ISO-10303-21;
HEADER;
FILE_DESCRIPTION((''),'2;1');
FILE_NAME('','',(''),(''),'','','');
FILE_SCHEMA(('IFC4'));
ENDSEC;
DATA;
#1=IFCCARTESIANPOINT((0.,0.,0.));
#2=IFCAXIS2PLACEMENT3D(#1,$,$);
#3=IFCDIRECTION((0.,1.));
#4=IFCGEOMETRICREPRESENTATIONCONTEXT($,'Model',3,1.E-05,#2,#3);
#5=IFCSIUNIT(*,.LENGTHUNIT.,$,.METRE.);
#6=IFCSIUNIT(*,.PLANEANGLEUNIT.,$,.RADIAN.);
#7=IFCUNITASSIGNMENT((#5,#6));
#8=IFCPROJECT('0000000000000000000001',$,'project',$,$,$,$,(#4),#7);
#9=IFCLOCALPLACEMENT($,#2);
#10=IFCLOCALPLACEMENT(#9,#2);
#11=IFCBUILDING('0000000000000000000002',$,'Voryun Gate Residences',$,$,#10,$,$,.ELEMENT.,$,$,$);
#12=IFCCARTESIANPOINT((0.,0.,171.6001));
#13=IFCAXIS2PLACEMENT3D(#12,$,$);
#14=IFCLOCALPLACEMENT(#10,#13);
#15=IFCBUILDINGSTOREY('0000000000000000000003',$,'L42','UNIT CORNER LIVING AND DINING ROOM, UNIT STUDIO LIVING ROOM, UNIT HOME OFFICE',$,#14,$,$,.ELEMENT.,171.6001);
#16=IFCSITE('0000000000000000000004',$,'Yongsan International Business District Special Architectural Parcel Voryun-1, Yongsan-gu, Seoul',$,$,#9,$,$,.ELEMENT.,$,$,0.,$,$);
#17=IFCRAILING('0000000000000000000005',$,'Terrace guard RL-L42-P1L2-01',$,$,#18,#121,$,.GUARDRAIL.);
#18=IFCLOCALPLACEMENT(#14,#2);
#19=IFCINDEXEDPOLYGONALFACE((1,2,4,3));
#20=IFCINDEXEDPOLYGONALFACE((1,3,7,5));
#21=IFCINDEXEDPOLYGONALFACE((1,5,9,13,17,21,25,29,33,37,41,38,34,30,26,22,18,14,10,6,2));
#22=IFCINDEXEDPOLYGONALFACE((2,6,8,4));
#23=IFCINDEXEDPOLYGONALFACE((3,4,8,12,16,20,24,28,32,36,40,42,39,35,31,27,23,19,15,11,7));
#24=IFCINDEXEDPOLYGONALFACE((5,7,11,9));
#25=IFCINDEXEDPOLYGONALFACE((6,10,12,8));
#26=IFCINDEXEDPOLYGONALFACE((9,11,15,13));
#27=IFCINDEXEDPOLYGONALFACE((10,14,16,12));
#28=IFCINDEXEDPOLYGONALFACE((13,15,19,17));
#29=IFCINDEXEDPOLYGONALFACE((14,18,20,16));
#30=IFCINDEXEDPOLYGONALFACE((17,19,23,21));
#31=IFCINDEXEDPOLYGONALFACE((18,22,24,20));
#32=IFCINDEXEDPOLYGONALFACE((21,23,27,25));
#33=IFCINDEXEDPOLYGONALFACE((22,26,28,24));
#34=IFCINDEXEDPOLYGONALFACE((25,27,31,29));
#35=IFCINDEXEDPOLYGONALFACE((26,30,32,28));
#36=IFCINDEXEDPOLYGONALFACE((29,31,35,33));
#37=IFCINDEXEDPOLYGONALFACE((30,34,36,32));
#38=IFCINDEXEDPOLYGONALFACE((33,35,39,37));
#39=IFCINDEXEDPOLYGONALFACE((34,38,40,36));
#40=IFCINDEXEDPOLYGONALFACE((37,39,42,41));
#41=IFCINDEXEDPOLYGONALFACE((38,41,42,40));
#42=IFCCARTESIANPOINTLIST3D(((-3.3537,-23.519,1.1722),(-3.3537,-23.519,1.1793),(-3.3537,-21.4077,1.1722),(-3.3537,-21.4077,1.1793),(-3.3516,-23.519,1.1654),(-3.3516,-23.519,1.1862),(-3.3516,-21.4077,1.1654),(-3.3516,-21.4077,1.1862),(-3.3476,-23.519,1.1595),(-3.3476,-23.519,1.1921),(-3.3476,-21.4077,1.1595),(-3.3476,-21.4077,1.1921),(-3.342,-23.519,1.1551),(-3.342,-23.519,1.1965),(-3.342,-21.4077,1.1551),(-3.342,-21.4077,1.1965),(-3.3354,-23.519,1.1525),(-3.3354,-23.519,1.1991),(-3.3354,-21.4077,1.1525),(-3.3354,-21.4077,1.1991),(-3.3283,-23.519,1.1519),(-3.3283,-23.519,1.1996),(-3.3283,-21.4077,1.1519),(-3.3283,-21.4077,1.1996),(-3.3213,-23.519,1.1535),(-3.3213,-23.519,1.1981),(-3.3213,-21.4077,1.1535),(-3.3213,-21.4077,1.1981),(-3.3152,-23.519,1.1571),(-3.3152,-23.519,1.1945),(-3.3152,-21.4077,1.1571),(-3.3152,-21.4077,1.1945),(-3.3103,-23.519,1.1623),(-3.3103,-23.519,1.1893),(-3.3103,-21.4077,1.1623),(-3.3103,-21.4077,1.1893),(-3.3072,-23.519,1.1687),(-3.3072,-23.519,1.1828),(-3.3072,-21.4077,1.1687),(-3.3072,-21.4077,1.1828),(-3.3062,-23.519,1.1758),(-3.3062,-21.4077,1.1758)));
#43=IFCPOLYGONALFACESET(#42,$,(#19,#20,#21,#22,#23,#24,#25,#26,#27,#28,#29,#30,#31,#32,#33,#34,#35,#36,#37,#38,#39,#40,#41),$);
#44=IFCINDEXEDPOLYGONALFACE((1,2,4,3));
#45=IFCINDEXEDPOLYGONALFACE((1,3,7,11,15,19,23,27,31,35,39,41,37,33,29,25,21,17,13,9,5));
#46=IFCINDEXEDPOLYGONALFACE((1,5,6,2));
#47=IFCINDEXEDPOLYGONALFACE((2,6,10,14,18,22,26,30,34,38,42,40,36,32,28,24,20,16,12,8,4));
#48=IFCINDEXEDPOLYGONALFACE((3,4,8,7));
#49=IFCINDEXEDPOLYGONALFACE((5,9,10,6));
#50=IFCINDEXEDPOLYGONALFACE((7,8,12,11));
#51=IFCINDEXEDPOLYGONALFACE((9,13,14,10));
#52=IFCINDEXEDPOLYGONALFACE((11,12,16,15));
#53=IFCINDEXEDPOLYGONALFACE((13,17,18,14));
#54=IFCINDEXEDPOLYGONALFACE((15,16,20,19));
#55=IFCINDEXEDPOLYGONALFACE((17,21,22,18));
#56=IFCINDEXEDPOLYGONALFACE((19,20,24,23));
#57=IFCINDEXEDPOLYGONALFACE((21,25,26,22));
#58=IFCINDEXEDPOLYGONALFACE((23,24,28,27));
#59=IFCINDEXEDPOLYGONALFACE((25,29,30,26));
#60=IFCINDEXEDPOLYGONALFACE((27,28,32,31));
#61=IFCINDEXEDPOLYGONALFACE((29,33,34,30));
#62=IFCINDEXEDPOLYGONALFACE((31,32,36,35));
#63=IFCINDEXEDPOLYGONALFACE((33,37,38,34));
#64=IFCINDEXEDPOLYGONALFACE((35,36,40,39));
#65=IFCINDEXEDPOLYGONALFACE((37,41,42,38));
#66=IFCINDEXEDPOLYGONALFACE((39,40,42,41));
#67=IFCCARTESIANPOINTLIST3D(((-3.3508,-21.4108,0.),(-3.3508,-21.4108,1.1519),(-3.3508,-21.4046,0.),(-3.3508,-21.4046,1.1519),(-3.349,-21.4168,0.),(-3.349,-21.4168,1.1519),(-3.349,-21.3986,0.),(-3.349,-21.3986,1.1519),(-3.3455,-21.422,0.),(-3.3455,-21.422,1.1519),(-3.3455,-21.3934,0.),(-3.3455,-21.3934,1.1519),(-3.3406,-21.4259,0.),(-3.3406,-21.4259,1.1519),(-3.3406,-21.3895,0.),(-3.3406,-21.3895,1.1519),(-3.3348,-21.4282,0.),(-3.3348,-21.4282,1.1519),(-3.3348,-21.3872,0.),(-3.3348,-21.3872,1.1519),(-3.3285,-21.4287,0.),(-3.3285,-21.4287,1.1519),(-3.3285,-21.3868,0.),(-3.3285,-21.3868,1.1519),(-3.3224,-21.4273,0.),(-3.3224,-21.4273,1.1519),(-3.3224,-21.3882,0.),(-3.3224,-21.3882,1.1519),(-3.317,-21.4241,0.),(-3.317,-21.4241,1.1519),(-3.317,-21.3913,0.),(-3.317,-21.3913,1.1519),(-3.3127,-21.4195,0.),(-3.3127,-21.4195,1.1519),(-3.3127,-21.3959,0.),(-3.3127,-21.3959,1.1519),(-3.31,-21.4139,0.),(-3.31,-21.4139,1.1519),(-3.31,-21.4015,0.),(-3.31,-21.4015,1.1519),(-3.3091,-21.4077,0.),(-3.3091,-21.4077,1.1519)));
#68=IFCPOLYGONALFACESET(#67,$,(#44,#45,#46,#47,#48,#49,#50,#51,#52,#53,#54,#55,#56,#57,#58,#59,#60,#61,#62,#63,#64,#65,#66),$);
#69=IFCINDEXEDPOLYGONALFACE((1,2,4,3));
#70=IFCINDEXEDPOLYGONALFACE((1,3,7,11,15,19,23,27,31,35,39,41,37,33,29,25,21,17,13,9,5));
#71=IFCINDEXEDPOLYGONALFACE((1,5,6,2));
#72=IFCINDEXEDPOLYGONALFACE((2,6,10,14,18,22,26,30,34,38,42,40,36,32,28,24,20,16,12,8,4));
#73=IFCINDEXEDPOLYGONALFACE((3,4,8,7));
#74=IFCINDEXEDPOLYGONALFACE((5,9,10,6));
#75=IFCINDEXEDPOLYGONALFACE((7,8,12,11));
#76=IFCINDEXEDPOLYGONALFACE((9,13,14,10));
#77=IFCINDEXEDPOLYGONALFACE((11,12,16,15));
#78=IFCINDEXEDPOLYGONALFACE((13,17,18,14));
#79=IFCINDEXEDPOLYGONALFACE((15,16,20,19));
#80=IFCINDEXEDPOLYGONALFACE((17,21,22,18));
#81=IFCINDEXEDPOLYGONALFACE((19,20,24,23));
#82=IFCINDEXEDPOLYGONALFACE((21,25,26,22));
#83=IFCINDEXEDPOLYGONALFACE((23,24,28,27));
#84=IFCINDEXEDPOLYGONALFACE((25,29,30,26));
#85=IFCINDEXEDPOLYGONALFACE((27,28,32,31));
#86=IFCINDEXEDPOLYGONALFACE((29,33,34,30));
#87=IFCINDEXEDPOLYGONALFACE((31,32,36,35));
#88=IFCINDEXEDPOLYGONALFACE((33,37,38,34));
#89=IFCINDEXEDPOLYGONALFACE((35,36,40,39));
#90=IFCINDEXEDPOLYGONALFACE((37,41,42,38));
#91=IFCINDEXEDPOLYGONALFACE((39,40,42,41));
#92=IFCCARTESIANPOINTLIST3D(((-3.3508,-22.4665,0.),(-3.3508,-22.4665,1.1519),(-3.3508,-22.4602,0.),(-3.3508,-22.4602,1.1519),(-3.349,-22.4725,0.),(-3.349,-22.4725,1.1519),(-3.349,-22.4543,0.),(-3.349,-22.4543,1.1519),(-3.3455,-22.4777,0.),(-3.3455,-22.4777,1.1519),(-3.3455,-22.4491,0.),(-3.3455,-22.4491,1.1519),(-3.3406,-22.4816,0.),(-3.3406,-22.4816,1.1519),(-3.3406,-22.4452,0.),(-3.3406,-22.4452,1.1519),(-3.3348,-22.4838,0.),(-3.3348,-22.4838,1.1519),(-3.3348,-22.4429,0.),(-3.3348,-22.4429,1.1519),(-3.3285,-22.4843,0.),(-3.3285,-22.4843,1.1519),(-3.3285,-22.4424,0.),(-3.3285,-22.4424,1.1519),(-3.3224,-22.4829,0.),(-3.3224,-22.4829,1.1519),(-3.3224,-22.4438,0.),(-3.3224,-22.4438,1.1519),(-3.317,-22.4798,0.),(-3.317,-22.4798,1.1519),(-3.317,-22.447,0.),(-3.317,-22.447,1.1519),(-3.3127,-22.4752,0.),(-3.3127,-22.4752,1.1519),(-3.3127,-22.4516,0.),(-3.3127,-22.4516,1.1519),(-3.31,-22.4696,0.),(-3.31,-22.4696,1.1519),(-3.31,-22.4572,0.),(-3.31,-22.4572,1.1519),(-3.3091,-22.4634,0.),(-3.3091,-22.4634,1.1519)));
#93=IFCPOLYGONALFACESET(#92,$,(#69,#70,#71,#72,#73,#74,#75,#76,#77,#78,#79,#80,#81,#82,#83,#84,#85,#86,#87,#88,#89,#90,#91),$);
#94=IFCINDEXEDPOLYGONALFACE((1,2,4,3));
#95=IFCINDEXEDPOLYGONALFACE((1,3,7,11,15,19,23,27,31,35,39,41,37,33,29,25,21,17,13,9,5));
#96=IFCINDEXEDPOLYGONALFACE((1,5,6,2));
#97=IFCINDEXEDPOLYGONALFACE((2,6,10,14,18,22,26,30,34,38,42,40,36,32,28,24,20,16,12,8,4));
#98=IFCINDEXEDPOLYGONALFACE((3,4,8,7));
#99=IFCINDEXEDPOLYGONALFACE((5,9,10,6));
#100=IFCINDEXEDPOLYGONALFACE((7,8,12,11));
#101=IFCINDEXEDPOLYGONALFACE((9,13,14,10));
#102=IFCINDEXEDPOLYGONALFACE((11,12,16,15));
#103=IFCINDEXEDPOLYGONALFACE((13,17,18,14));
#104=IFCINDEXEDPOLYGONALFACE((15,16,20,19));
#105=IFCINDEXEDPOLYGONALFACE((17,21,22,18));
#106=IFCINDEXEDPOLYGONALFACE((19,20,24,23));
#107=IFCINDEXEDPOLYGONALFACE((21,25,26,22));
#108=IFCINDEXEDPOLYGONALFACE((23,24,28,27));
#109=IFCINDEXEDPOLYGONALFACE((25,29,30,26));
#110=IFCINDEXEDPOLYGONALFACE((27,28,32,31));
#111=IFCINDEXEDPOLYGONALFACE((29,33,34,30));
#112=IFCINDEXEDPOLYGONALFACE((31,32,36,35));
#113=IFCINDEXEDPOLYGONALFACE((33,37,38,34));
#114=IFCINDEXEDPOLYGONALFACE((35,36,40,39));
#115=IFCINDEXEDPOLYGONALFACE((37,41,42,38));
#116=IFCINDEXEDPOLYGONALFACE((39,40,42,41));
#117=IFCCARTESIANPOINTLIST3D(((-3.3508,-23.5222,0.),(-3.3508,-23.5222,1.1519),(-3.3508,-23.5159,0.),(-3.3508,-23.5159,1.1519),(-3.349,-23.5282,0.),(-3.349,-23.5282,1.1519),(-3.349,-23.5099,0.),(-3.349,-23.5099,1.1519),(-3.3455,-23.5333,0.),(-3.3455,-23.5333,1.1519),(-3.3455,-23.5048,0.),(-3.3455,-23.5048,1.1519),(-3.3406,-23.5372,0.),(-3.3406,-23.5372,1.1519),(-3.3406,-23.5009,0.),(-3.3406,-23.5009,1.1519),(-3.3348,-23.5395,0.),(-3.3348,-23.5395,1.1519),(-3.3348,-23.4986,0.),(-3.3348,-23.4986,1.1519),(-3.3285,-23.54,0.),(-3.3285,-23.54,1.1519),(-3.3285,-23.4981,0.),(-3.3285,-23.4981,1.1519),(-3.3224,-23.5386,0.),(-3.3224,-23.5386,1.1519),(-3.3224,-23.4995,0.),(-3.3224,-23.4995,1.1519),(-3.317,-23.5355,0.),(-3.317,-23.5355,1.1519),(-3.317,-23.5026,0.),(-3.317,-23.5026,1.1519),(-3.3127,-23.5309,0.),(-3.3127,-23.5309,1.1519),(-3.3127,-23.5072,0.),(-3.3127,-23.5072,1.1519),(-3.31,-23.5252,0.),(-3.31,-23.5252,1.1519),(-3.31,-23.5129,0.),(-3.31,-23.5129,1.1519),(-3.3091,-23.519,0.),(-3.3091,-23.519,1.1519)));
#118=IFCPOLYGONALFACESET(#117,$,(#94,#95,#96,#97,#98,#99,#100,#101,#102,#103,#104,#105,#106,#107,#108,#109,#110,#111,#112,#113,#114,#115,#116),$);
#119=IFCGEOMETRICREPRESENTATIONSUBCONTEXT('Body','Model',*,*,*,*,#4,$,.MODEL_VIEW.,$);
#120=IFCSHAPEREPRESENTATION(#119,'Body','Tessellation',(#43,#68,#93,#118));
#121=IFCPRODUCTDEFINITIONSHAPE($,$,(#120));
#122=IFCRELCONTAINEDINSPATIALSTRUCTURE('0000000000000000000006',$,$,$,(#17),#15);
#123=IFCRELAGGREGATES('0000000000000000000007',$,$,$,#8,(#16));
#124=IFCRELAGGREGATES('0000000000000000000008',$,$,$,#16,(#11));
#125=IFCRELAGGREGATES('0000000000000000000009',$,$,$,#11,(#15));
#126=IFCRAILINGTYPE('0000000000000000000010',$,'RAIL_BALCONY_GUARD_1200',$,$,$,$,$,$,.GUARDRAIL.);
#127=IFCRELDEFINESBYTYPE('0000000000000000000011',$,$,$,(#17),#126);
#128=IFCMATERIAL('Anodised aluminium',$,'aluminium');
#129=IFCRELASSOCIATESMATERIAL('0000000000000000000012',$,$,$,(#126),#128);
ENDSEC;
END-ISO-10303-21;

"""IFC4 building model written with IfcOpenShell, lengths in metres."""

from ifc_helpers import new_model, si_unit, direction, frame, origin, origin_2d, place, context, subcontext, project, spatial, circle, extrude, material, type_object, element, save


model = new_model("IFC4")

# Units and contexts
model_context = context("Model", 3, precision=1e-05, world=origin(), true_north=direction((0.0, 1.0)))
body_context = subcontext(model_context, "Body", "Model", "MODEL_VIEW")
ifc_project = project(units=[si_unit("LENGTHUNIT", "METRE"), si_unit("PLANEANGLEUNIT", "RADIAN")], contexts=[model_context])

# Site, building, storey
site_placement = place(None, origin())
site = spatial("IfcSite", under=ifc_project, at=site_placement, Name="Yongsan International Business District Special Architectural Parcel Voryun-1, Yongsan-gu, Seoul", CompositionType="ELEMENT", RefElevation=0.0)
building_placement = place(site_placement, origin())
building = spatial("IfcBuilding", under=site, at=building_placement, Name="Voryun Gate Residences", CompositionType="ELEMENT")
storey_placement = place(building_placement, frame((0.0, 0.0, 171.6001)))
storey = spatial("IfcBuildingStorey", under=building, at=storey_placement, Name="L42", Description="UNIT CORNER LIVING AND DINING ROOM, UNIT STUDIO LIVING ROOM, UNIT HOME OFFICE", CompositionType="ELEMENT", Elevation=171.6001)

# Railing
ifc_material_1 = material(Name="Anodised aluminium", Category="aluminium")
railing_type = type_object("IfcRailingType", Name="RAIL_BALCONY_GUARD_1200", PredefinedType="GUARDRAIL", material=ifc_material_1)
railing_1_placement = place(storey_placement, frame((-3.3301, -21.4077, 0.0)))
element("IfcRailing", 1, at=railing_1_placement, inside=storey, type_object=railing_type, Name="Terrace guard RL-L42-P1L2-01", PredefinedType="GUARDRAIL", context=body_context, shape_type="SweptSolid", body=[
    extrude(circle(Radius=0.0239, at=origin_2d()), frame((0.0, 0.0, 1.1758), z_axis=(0.0, -1.0, 0.0), x_axis=(1.0, 0.0, 0.0)), (0.0, 0.0, 1.0), 2.1113),
    extrude(circle(Radius=0.021, at=origin_2d()), origin(), (0.0, 0.0, 1.0), 1.1519),
    extrude(circle(Radius=0.021, at=origin_2d()), frame((0.0, -1.0557, 0.0)), (0.0, 0.0, 1.0), 1.1519),
    extrude(circle(Radius=0.021, at=origin_2d()), frame((0.0, -2.1113, 0.0)), (0.0, 0.0, 1.0), 1.1519),
])

save(model, "model.ifc")
